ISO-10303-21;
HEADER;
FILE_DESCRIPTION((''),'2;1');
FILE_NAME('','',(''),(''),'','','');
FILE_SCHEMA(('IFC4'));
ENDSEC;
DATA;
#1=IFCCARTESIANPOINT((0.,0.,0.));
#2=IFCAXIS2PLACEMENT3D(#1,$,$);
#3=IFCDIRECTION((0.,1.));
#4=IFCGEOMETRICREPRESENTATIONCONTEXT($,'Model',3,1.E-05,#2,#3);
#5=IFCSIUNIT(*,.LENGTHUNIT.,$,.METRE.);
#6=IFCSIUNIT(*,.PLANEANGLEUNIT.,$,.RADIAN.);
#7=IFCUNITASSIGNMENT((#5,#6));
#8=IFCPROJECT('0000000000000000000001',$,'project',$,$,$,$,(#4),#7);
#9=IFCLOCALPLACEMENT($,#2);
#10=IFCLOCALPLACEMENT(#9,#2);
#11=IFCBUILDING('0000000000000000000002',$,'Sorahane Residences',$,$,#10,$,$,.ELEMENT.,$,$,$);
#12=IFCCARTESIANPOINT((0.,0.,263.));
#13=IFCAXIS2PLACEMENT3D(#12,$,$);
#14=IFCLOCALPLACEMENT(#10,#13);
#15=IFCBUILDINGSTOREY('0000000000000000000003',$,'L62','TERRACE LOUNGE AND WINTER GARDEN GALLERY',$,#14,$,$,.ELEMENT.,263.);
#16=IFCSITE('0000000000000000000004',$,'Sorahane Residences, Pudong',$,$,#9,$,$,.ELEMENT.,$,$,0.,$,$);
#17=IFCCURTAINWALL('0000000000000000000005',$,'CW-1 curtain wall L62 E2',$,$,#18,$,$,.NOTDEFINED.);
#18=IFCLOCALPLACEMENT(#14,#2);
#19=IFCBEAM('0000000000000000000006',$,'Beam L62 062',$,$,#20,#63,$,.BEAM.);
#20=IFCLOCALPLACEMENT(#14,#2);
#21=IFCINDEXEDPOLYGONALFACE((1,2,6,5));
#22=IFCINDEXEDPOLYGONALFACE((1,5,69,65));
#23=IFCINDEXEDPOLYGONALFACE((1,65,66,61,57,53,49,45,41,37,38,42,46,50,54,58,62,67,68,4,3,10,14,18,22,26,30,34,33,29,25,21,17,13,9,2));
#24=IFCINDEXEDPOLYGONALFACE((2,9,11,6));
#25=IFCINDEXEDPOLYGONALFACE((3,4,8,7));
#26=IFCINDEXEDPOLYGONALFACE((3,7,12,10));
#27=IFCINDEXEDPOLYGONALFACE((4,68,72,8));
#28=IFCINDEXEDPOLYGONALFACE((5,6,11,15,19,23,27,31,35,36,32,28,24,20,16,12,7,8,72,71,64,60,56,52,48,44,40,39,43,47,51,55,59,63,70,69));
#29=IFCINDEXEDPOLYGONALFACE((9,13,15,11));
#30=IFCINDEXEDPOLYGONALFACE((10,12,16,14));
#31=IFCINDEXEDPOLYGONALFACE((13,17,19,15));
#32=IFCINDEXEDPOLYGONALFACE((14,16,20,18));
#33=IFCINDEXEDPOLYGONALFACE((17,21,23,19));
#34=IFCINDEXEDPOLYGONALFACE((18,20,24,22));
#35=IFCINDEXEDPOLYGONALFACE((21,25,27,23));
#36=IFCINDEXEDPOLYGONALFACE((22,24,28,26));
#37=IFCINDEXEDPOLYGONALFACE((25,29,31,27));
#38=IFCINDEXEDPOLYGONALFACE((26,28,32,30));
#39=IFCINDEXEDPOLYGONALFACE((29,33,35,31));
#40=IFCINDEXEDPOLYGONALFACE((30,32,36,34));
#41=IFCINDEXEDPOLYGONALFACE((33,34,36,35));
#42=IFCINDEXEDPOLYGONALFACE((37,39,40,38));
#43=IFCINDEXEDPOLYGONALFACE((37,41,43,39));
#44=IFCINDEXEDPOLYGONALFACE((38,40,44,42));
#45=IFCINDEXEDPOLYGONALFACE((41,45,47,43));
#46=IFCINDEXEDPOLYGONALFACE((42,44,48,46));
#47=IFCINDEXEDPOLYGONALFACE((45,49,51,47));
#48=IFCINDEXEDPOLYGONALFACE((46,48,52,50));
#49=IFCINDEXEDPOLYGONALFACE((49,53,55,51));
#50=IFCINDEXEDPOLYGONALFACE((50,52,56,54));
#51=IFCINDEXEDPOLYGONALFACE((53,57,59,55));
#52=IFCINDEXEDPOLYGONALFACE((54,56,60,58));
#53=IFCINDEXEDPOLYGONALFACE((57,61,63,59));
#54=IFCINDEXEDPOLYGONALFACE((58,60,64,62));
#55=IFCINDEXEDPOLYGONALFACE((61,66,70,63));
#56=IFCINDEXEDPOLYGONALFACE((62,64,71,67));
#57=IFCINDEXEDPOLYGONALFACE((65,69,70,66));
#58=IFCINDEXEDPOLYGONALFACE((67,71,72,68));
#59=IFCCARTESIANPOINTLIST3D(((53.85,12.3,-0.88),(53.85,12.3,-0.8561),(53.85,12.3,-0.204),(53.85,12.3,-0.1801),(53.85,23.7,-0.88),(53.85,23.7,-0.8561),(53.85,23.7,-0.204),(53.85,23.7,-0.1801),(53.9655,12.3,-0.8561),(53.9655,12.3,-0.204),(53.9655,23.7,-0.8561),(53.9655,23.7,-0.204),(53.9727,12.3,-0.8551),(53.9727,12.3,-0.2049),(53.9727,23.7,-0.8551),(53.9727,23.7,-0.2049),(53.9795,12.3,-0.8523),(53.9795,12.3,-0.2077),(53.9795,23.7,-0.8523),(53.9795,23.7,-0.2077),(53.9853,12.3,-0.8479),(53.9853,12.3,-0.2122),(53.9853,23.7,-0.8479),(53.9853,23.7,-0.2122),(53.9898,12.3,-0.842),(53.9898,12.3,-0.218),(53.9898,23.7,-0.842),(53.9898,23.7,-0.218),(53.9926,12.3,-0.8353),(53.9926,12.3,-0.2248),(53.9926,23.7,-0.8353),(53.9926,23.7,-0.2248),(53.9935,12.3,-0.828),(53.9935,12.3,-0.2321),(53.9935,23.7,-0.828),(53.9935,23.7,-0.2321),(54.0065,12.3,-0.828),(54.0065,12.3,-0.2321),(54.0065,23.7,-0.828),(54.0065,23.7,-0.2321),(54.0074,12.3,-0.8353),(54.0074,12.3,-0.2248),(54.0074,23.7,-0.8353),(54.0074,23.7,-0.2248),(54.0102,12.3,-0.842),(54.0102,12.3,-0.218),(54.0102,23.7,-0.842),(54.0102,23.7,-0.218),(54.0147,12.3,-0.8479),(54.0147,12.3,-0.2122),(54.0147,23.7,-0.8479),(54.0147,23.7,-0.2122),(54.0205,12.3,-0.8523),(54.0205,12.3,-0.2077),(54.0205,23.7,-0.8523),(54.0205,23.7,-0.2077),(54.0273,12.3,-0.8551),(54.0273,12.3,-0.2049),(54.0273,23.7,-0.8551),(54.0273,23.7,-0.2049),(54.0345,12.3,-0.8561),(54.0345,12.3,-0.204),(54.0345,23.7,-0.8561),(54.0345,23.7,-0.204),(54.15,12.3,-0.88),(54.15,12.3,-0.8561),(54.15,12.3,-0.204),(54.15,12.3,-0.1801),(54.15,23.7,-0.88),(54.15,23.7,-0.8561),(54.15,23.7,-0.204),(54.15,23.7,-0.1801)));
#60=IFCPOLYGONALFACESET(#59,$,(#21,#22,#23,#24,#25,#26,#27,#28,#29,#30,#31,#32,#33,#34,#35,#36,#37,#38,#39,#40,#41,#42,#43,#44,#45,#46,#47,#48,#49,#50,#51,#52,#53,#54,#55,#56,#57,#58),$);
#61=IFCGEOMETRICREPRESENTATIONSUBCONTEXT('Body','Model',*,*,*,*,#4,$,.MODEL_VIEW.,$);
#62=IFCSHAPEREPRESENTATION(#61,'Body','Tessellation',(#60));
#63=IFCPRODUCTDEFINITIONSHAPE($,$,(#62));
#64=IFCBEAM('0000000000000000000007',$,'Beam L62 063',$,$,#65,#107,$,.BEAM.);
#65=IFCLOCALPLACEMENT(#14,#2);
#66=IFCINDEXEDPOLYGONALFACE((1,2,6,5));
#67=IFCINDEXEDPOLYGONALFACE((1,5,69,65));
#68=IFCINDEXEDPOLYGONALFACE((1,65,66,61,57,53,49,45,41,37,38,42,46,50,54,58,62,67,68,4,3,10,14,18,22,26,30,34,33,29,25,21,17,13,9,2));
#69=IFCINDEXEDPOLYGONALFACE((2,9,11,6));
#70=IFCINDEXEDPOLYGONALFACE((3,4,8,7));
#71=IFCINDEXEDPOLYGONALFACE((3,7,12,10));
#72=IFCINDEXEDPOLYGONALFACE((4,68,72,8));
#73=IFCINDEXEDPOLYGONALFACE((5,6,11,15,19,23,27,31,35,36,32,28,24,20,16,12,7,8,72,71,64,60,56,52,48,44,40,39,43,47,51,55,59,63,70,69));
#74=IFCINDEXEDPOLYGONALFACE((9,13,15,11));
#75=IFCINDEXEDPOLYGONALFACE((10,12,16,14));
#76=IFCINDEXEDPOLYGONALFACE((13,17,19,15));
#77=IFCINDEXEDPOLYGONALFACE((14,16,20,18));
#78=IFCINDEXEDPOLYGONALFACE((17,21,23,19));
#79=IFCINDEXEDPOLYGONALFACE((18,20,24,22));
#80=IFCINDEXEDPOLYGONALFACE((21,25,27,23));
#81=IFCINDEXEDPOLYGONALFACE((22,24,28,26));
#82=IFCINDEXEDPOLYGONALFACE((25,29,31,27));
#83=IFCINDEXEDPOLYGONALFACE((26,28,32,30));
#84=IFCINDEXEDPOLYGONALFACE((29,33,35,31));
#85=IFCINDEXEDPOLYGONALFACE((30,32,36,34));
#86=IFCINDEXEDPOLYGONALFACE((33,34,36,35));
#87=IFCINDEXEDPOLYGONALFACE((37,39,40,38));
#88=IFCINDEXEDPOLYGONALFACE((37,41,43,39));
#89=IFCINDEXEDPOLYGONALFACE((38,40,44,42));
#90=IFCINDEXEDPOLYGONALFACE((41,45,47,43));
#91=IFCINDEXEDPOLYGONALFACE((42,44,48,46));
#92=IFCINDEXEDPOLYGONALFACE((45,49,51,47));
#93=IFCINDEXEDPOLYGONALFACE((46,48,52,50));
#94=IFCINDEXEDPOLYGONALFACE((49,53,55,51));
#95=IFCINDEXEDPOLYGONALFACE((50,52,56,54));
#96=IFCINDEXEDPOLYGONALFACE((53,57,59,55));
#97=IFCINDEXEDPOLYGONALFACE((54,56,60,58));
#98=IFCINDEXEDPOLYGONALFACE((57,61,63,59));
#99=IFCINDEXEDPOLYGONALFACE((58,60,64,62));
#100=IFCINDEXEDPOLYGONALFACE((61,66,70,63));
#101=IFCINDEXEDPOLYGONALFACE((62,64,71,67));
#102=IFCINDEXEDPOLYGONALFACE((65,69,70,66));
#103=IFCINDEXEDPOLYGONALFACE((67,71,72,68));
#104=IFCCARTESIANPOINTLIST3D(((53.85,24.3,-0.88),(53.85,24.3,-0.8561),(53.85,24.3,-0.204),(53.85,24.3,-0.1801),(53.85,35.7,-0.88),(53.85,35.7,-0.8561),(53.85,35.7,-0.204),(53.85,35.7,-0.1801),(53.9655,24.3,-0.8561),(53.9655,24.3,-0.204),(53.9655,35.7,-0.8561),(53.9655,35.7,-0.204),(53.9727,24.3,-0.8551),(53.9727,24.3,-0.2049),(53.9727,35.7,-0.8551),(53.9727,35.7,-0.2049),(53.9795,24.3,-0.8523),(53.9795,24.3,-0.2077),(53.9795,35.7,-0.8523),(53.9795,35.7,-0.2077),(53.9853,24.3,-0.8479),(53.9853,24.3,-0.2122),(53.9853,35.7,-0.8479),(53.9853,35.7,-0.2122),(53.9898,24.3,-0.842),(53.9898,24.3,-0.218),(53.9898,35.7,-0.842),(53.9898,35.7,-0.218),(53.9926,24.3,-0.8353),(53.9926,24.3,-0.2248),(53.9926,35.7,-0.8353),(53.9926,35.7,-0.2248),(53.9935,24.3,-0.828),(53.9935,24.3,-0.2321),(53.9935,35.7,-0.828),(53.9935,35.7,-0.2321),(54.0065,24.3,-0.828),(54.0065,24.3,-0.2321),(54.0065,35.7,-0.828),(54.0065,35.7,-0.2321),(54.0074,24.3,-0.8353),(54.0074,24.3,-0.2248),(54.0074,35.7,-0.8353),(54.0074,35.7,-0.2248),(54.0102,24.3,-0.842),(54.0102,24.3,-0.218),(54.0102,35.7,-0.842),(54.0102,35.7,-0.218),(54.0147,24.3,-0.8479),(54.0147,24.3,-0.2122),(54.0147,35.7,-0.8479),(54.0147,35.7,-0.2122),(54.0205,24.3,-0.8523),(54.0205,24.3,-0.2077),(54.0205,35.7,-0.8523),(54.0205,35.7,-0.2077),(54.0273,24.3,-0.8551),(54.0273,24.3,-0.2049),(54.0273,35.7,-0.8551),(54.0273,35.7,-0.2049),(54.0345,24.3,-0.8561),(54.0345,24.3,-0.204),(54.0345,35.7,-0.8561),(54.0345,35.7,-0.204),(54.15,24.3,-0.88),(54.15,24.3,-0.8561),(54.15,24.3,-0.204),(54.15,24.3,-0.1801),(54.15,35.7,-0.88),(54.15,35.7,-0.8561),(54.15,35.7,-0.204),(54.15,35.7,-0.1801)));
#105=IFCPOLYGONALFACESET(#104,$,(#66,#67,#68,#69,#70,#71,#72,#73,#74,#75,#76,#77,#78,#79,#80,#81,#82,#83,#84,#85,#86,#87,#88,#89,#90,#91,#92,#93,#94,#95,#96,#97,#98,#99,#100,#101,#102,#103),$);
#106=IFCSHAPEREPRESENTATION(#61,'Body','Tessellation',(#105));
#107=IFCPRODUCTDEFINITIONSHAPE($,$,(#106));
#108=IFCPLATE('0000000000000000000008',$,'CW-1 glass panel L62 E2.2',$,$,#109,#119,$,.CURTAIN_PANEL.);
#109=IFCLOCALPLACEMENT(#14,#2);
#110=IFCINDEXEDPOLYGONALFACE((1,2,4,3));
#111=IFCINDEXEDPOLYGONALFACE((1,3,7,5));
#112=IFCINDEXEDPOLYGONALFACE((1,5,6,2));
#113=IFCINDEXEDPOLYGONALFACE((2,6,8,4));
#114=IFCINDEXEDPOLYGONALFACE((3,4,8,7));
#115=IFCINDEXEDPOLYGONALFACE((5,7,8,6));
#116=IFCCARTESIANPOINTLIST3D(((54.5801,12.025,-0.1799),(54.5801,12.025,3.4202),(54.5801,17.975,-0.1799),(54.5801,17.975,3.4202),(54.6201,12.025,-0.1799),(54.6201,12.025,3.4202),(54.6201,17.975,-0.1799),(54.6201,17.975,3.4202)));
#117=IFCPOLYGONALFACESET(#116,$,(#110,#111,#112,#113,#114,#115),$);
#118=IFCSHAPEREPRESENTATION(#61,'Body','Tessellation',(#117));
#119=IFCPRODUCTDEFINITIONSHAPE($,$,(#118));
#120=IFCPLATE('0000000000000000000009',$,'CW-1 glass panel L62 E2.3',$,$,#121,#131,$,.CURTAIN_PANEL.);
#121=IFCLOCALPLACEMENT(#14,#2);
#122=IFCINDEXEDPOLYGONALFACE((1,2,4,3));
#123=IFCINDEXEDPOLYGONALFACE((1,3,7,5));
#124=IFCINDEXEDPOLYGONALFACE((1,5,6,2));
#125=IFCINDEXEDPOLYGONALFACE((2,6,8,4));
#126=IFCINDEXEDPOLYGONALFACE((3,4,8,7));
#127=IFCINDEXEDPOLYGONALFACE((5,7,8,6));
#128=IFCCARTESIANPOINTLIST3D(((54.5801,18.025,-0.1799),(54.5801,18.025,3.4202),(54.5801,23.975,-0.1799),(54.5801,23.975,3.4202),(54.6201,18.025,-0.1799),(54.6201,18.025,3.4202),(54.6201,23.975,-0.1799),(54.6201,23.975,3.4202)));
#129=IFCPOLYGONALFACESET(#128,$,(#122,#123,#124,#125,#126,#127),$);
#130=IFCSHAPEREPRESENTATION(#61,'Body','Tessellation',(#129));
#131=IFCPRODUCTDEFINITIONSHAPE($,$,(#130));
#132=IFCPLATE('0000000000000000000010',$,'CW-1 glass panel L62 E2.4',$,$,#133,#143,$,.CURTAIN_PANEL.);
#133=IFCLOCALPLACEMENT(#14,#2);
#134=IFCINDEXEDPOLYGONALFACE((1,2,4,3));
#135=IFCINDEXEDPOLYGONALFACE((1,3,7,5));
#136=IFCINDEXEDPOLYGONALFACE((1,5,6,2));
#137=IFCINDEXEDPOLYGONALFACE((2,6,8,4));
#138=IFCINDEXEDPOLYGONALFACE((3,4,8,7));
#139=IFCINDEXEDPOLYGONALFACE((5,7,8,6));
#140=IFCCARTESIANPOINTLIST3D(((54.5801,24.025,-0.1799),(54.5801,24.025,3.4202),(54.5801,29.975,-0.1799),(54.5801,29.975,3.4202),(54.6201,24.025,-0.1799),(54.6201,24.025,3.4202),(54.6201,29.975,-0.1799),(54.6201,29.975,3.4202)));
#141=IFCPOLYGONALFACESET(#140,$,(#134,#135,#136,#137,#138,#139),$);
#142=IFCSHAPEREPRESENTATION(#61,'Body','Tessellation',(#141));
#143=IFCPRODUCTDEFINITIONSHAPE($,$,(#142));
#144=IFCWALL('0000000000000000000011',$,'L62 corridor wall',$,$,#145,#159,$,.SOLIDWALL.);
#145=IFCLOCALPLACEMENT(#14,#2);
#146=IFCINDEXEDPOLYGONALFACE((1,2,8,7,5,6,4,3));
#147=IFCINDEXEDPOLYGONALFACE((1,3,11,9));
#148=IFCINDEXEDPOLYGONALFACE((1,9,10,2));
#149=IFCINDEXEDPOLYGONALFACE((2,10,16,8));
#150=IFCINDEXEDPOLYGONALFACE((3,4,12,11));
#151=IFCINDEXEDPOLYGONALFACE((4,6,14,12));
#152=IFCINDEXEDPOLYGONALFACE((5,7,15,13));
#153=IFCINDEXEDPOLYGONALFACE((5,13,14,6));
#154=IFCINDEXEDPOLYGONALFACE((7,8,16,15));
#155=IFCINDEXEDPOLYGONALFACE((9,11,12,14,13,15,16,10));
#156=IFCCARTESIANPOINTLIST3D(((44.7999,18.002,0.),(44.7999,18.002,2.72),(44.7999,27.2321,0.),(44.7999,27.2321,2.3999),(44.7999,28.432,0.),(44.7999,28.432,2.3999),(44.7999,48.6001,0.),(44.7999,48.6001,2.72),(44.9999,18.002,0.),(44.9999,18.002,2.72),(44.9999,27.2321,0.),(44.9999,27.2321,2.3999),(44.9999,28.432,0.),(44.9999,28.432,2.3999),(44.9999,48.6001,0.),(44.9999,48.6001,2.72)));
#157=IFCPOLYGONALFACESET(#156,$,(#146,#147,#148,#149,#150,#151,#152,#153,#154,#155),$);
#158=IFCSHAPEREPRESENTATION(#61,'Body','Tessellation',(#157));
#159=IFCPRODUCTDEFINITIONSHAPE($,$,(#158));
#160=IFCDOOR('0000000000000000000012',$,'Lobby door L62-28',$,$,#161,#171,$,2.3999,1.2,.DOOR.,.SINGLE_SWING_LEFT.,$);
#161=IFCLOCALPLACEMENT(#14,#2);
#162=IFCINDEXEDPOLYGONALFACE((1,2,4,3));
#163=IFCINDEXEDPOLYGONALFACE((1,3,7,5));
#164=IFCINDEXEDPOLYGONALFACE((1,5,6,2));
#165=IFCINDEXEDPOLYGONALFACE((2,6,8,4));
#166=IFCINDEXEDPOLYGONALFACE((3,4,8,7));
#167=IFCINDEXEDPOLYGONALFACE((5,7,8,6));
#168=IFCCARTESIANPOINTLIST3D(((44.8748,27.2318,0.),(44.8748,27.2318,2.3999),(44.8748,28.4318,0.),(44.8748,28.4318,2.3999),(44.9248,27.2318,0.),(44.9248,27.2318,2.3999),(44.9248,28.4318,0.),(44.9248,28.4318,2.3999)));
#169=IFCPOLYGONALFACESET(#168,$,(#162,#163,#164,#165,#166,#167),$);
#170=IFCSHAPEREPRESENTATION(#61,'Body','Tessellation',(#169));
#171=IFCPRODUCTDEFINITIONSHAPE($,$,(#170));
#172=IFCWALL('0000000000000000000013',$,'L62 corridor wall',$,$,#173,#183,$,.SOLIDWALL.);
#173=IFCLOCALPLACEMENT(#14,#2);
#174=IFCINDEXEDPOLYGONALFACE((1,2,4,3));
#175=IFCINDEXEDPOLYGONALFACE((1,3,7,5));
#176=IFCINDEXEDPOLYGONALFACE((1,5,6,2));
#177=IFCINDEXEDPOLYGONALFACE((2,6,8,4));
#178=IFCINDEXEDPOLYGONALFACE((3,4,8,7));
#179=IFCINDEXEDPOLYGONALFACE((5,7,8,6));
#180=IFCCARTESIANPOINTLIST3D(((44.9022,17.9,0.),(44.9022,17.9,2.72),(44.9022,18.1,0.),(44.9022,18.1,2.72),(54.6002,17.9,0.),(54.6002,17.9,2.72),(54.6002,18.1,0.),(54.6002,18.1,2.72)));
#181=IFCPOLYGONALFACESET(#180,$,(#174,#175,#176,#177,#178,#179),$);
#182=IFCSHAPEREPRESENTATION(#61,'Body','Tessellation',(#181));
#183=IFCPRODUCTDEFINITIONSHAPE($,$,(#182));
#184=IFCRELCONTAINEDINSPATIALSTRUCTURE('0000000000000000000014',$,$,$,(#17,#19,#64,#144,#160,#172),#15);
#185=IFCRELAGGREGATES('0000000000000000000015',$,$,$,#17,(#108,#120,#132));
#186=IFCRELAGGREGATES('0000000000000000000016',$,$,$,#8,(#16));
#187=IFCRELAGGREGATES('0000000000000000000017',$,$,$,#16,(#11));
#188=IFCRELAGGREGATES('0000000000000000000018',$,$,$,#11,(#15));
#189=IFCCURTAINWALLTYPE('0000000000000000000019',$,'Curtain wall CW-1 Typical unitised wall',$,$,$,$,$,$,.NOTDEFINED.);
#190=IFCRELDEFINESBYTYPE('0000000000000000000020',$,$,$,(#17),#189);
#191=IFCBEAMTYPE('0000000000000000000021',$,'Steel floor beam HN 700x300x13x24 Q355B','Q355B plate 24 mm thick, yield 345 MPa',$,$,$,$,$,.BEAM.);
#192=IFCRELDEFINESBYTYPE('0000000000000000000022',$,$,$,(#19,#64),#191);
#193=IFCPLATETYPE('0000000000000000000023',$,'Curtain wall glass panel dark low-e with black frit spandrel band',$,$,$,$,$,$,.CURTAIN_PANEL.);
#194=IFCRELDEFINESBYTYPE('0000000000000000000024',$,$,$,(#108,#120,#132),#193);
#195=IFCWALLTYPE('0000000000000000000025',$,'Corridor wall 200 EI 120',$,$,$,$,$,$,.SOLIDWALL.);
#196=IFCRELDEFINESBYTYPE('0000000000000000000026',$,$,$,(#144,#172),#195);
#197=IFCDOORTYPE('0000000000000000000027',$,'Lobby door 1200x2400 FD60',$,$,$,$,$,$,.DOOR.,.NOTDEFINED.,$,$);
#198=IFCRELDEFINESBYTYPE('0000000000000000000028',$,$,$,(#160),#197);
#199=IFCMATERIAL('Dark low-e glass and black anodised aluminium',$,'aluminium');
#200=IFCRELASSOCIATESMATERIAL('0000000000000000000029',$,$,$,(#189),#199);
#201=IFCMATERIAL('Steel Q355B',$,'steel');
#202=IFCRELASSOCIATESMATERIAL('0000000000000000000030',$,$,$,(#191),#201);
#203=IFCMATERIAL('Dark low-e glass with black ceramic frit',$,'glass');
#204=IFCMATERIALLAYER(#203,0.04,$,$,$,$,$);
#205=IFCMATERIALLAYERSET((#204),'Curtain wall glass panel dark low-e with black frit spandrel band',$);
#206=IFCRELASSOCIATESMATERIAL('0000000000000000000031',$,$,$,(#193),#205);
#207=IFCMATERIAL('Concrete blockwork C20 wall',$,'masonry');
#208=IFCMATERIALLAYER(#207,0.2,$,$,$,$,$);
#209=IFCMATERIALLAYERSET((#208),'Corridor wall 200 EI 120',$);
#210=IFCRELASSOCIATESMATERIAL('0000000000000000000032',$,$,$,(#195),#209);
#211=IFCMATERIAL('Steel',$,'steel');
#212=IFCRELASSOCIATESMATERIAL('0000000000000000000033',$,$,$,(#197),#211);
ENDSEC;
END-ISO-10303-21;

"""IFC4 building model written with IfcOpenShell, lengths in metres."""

from ifc_helpers import new_model, si_unit, direction, frame, frame_2d, origin, origin_2d, place, context, subcontext, project, spatial, rectangle, i_section, extrude, material, layer, layer_set, material_profile, profile_set, type_object, element, fill, aggregate, save


model = new_model("IFC4")

# Units and contexts
model_context = context("Model", 3, precision=1e-05, world=origin(), true_north=direction((0.0, 1.0)))
body_context = subcontext(model_context, "Body", "Model", "MODEL_VIEW")
ifc_project = project(units=[si_unit("LENGTHUNIT", "METRE"), si_unit("PLANEANGLEUNIT", "RADIAN")], contexts=[model_context])

# Site, building, storey
site_placement = place(None, origin())
site = spatial("IfcSite", under=ifc_project, at=site_placement, Name="Sorahane Residences, Pudong", CompositionType="ELEMENT", RefElevation=0.0)
building_placement = place(site_placement, origin())
building = spatial("IfcBuilding", under=site, at=building_placement, Name="Sorahane Residences", CompositionType="ELEMENT")
storey_placement = place(building_placement, frame((0.0, 0.0, 263.0)))
storey = spatial("IfcBuildingStorey", under=building, at=storey_placement, Name="L62", Description="TERRACE LOUNGE AND WINTER GARDEN GALLERY", CompositionType="ELEMENT", Elevation=263.0)

# Shared definitions
ifc_material_1 = material(Name="Dark low-e glass and black anodised aluminium", Category="aluminium")
curtain_wall_type = type_object("IfcCurtainWallType", Name="Curtain wall CW-1 Typical unitised wall", PredefinedType="NOTDEFINED", material=ifc_material_1)

# Curtain wall
curtain_wall_1_placement = place(storey_placement, origin())
curtain_wall_1 = element("IfcCurtainWall", 1, at=curtain_wall_1_placement, inside=storey, type_object=curtain_wall_type, Name="CW-1 curtain wall L62 E2", PredefinedType="NOTDEFINED")

# Beams
ifc_material_2 = material(Name="Steel Q355B", Category="steel")
ifc_material_profile_1 = material_profile(ifc_material_2, i_section(OverallWidth=0.3, OverallDepth=0.7, WebThickness=0.0129, FlangeThickness=0.0239, FilletRadius=0.0281, at=origin_2d()), Name="HN 700x300x13x24")
ifc_profile_set_1 = profile_set([ifc_material_profile_1], Name="Steel Q355B")
beam_type_1 = type_object("IfcBeamType", Name="Steel floor beam HN 700x300x13x24 Q355B", Description="Q355B plate 24 mm thick, yield 345 MPa", PredefinedType="BEAM", material=ifc_profile_set_1)
for number, where, z_axis, x_axis, name in (
    (2, (54.0, 12.3, -0.53), (0.0, 1.0, 0.0), (-1.0, 0.0, 0.0), "Beam L62 062"),
    (3, (54.0, 24.3, -0.53), (0.0, 1.0, 0.0), (-1.0, 0.0, 0.0), "Beam L62 063"),
):
    element("IfcBeam", number, at=place(storey_placement, frame(where, z_axis=z_axis, x_axis=x_axis)), inside=storey, type_object=beam_type_1, Name=name, PredefinedType="BEAM", context=body_context, shape_type="SweptSolid", body=[
        extrude(i_section(OverallWidth=0.3, OverallDepth=0.7, WebThickness=0.0129, FlangeThickness=0.0239, FilletRadius=0.0281, at=origin_2d()), origin(), (0.0, 0.0, 1.0), 11.3999),
    ])

# Plates
ifc_material_3 = material(Name="Dark low-e glass with black ceramic frit", Category="glass")
ifc_layer_1 = layer(ifc_material_3, 0.04)
ifc_layer_set_1 = layer_set([ifc_layer_1], Name="Curtain wall glass panel dark low-e with black frit spandrel band")
plate_type = type_object("IfcPlateType", Name="Curtain wall glass panel dark low-e with black frit spandrel band", PredefinedType="CURTAIN_PANEL", material=ifc_layer_set_1)
plate_1_placement = place(storey_placement, frame((54.6001, 15.0, -0.1799), z_axis=(0.0, 0.0, 1.0), x_axis=(0.0, 1.0, 0.0)))
plate_1 = element("IfcPlate", 4, at=plate_1_placement, type_object=plate_type, Name="CW-1 glass panel L62 E2.2", PredefinedType="CURTAIN_PANEL", context=body_context, shape_type="SweptSolid", body=[
    extrude(rectangle(XDim=5.95, YDim=0.04, at=origin_2d()), origin(), (0.0, 0.0, 1.0), 3.6001),
])
plate_2_placement = place(storey_placement, frame((54.6001, 21.0, -0.1799), z_axis=(0.0, 0.0, 1.0), x_axis=(0.0, 1.0, 0.0)))
plate_2 = element("IfcPlate", 5, at=plate_2_placement, type_object=plate_type, Name="CW-1 glass panel L62 E2.3", PredefinedType="CURTAIN_PANEL", context=body_context, shape_type="SweptSolid", body=[
    extrude(rectangle(XDim=5.95, YDim=0.04, at=origin_2d()), origin(), (0.0, 0.0, 1.0), 3.6001),
])
plate_3_placement = place(storey_placement, frame((54.6001, 27.0, -0.1799), z_axis=(0.0, 0.0, 1.0), x_axis=(0.0, 1.0, 0.0)))
plate_3 = element("IfcPlate", 6, at=plate_3_placement, type_object=plate_type, Name="CW-1 glass panel L62 E2.4", PredefinedType="CURTAIN_PANEL", context=body_context, shape_type="SweptSolid", body=[
    extrude(rectangle(XDim=5.95, YDim=0.04, at=origin_2d()), origin(), (0.0, 0.0, 1.0), 3.6001),
])
aggregate(curtain_wall_1, [plate_1, plate_2, plate_3])

# Wall, opening, door
ifc_material_4 = material(Name="Concrete blockwork C20 wall", Category="masonry")
ifc_layer_2 = layer(ifc_material_4, 0.2)
ifc_layer_set_2 = layer_set([ifc_layer_2], Name="Corridor wall 200 EI 120")
wall_type = type_object("IfcWallType", Name="Corridor wall 200 EI 120", PredefinedType="SOLIDWALL", material=ifc_layer_set_2)
wall_1_placement = place(storey_placement, frame((44.8999, 18.002, 0.0), z_axis=(0.0, 0.0, 1.0), x_axis=(0.0, 1.0, 0.0)))
wall_1 = element("IfcWall", 7, at=wall_1_placement, inside=storey, type_object=wall_type, Name="L62 corridor wall", PredefinedType="SOLIDWALL", context=body_context, shape_type="SweptSolid", body=[
    extrude(rectangle(XDim=30.5981, YDim=0.2, at=frame_2d((15.2991, 0.0))), origin(), (0.0, 0.0, 1.0), 2.72),
])
opening_placement = place(wall_1_placement, frame((9.23, 0.0, 0.0)))
opening = element("IfcOpeningElement", 8, at=opening_placement, cuts=wall_1, PredefinedType="OPENING", context=body_context, shape_type="SweptSolid", body=[
    extrude(rectangle(XDim=1.2, YDim=2.3999, at=frame_2d((0.6001, 1.2))), frame((0.0, 0.1099, 0.0), z_axis=(0.0, -1.0, 0.0), x_axis=(1.0, 0.0, 0.0)), (0.0, 0.0, 1.0), 0.22),
])
ifc_material_5 = material(Name="Steel", Category="steel")
door_type = type_object("IfcDoorType", Name="Lobby door 1200x2400 FD60", OperationType="NOTDEFINED", PredefinedType="DOOR", material=ifc_material_5)
door_placement = place(opening_placement, frame((1.2, 0.0, 0.0), z_axis=(0.0, 0.0, 1.0), x_axis=(-1.0, 0.0, 0.0)))
door = element("IfcDoor", 9, at=door_placement, inside=storey, type_object=door_type, Name="Lobby door L62-28", OperationType="SINGLE_SWING_LEFT", OverallHeight=2.3999, OverallWidth=1.2, PredefinedType="DOOR", context=body_context, shape_type="SweptSolid", body=[
    extrude(rectangle(XDim=1.2, YDim=2.3999, at=frame_2d((0.6001, 1.2))), frame((0.0, 0.0249, 0.0), z_axis=(0.0, -1.0, 0.0), x_axis=(1.0, 0.0, 0.0)), (0.0, 0.0, 1.0), 0.05),
])
fill(opening, door)

# Wall
wall_2_placement = place(storey_placement, frame((44.9021, 18.0, 0.0), z_axis=(0.0, 0.0, 1.0), x_axis=(1.0, 0.0, 0.0)))
element("IfcWall", 10, at=wall_2_placement, inside=storey, type_object=wall_type, Name="L62 corridor wall", PredefinedType="SOLIDWALL", context=body_context, shape_type="SweptSolid", body=[
    extrude(rectangle(XDim=9.698, YDim=0.2, at=frame_2d((4.8491, 0.0))), origin(), (0.0, 0.0, 1.0), 2.72),
])

save(model, "model.ifc")
